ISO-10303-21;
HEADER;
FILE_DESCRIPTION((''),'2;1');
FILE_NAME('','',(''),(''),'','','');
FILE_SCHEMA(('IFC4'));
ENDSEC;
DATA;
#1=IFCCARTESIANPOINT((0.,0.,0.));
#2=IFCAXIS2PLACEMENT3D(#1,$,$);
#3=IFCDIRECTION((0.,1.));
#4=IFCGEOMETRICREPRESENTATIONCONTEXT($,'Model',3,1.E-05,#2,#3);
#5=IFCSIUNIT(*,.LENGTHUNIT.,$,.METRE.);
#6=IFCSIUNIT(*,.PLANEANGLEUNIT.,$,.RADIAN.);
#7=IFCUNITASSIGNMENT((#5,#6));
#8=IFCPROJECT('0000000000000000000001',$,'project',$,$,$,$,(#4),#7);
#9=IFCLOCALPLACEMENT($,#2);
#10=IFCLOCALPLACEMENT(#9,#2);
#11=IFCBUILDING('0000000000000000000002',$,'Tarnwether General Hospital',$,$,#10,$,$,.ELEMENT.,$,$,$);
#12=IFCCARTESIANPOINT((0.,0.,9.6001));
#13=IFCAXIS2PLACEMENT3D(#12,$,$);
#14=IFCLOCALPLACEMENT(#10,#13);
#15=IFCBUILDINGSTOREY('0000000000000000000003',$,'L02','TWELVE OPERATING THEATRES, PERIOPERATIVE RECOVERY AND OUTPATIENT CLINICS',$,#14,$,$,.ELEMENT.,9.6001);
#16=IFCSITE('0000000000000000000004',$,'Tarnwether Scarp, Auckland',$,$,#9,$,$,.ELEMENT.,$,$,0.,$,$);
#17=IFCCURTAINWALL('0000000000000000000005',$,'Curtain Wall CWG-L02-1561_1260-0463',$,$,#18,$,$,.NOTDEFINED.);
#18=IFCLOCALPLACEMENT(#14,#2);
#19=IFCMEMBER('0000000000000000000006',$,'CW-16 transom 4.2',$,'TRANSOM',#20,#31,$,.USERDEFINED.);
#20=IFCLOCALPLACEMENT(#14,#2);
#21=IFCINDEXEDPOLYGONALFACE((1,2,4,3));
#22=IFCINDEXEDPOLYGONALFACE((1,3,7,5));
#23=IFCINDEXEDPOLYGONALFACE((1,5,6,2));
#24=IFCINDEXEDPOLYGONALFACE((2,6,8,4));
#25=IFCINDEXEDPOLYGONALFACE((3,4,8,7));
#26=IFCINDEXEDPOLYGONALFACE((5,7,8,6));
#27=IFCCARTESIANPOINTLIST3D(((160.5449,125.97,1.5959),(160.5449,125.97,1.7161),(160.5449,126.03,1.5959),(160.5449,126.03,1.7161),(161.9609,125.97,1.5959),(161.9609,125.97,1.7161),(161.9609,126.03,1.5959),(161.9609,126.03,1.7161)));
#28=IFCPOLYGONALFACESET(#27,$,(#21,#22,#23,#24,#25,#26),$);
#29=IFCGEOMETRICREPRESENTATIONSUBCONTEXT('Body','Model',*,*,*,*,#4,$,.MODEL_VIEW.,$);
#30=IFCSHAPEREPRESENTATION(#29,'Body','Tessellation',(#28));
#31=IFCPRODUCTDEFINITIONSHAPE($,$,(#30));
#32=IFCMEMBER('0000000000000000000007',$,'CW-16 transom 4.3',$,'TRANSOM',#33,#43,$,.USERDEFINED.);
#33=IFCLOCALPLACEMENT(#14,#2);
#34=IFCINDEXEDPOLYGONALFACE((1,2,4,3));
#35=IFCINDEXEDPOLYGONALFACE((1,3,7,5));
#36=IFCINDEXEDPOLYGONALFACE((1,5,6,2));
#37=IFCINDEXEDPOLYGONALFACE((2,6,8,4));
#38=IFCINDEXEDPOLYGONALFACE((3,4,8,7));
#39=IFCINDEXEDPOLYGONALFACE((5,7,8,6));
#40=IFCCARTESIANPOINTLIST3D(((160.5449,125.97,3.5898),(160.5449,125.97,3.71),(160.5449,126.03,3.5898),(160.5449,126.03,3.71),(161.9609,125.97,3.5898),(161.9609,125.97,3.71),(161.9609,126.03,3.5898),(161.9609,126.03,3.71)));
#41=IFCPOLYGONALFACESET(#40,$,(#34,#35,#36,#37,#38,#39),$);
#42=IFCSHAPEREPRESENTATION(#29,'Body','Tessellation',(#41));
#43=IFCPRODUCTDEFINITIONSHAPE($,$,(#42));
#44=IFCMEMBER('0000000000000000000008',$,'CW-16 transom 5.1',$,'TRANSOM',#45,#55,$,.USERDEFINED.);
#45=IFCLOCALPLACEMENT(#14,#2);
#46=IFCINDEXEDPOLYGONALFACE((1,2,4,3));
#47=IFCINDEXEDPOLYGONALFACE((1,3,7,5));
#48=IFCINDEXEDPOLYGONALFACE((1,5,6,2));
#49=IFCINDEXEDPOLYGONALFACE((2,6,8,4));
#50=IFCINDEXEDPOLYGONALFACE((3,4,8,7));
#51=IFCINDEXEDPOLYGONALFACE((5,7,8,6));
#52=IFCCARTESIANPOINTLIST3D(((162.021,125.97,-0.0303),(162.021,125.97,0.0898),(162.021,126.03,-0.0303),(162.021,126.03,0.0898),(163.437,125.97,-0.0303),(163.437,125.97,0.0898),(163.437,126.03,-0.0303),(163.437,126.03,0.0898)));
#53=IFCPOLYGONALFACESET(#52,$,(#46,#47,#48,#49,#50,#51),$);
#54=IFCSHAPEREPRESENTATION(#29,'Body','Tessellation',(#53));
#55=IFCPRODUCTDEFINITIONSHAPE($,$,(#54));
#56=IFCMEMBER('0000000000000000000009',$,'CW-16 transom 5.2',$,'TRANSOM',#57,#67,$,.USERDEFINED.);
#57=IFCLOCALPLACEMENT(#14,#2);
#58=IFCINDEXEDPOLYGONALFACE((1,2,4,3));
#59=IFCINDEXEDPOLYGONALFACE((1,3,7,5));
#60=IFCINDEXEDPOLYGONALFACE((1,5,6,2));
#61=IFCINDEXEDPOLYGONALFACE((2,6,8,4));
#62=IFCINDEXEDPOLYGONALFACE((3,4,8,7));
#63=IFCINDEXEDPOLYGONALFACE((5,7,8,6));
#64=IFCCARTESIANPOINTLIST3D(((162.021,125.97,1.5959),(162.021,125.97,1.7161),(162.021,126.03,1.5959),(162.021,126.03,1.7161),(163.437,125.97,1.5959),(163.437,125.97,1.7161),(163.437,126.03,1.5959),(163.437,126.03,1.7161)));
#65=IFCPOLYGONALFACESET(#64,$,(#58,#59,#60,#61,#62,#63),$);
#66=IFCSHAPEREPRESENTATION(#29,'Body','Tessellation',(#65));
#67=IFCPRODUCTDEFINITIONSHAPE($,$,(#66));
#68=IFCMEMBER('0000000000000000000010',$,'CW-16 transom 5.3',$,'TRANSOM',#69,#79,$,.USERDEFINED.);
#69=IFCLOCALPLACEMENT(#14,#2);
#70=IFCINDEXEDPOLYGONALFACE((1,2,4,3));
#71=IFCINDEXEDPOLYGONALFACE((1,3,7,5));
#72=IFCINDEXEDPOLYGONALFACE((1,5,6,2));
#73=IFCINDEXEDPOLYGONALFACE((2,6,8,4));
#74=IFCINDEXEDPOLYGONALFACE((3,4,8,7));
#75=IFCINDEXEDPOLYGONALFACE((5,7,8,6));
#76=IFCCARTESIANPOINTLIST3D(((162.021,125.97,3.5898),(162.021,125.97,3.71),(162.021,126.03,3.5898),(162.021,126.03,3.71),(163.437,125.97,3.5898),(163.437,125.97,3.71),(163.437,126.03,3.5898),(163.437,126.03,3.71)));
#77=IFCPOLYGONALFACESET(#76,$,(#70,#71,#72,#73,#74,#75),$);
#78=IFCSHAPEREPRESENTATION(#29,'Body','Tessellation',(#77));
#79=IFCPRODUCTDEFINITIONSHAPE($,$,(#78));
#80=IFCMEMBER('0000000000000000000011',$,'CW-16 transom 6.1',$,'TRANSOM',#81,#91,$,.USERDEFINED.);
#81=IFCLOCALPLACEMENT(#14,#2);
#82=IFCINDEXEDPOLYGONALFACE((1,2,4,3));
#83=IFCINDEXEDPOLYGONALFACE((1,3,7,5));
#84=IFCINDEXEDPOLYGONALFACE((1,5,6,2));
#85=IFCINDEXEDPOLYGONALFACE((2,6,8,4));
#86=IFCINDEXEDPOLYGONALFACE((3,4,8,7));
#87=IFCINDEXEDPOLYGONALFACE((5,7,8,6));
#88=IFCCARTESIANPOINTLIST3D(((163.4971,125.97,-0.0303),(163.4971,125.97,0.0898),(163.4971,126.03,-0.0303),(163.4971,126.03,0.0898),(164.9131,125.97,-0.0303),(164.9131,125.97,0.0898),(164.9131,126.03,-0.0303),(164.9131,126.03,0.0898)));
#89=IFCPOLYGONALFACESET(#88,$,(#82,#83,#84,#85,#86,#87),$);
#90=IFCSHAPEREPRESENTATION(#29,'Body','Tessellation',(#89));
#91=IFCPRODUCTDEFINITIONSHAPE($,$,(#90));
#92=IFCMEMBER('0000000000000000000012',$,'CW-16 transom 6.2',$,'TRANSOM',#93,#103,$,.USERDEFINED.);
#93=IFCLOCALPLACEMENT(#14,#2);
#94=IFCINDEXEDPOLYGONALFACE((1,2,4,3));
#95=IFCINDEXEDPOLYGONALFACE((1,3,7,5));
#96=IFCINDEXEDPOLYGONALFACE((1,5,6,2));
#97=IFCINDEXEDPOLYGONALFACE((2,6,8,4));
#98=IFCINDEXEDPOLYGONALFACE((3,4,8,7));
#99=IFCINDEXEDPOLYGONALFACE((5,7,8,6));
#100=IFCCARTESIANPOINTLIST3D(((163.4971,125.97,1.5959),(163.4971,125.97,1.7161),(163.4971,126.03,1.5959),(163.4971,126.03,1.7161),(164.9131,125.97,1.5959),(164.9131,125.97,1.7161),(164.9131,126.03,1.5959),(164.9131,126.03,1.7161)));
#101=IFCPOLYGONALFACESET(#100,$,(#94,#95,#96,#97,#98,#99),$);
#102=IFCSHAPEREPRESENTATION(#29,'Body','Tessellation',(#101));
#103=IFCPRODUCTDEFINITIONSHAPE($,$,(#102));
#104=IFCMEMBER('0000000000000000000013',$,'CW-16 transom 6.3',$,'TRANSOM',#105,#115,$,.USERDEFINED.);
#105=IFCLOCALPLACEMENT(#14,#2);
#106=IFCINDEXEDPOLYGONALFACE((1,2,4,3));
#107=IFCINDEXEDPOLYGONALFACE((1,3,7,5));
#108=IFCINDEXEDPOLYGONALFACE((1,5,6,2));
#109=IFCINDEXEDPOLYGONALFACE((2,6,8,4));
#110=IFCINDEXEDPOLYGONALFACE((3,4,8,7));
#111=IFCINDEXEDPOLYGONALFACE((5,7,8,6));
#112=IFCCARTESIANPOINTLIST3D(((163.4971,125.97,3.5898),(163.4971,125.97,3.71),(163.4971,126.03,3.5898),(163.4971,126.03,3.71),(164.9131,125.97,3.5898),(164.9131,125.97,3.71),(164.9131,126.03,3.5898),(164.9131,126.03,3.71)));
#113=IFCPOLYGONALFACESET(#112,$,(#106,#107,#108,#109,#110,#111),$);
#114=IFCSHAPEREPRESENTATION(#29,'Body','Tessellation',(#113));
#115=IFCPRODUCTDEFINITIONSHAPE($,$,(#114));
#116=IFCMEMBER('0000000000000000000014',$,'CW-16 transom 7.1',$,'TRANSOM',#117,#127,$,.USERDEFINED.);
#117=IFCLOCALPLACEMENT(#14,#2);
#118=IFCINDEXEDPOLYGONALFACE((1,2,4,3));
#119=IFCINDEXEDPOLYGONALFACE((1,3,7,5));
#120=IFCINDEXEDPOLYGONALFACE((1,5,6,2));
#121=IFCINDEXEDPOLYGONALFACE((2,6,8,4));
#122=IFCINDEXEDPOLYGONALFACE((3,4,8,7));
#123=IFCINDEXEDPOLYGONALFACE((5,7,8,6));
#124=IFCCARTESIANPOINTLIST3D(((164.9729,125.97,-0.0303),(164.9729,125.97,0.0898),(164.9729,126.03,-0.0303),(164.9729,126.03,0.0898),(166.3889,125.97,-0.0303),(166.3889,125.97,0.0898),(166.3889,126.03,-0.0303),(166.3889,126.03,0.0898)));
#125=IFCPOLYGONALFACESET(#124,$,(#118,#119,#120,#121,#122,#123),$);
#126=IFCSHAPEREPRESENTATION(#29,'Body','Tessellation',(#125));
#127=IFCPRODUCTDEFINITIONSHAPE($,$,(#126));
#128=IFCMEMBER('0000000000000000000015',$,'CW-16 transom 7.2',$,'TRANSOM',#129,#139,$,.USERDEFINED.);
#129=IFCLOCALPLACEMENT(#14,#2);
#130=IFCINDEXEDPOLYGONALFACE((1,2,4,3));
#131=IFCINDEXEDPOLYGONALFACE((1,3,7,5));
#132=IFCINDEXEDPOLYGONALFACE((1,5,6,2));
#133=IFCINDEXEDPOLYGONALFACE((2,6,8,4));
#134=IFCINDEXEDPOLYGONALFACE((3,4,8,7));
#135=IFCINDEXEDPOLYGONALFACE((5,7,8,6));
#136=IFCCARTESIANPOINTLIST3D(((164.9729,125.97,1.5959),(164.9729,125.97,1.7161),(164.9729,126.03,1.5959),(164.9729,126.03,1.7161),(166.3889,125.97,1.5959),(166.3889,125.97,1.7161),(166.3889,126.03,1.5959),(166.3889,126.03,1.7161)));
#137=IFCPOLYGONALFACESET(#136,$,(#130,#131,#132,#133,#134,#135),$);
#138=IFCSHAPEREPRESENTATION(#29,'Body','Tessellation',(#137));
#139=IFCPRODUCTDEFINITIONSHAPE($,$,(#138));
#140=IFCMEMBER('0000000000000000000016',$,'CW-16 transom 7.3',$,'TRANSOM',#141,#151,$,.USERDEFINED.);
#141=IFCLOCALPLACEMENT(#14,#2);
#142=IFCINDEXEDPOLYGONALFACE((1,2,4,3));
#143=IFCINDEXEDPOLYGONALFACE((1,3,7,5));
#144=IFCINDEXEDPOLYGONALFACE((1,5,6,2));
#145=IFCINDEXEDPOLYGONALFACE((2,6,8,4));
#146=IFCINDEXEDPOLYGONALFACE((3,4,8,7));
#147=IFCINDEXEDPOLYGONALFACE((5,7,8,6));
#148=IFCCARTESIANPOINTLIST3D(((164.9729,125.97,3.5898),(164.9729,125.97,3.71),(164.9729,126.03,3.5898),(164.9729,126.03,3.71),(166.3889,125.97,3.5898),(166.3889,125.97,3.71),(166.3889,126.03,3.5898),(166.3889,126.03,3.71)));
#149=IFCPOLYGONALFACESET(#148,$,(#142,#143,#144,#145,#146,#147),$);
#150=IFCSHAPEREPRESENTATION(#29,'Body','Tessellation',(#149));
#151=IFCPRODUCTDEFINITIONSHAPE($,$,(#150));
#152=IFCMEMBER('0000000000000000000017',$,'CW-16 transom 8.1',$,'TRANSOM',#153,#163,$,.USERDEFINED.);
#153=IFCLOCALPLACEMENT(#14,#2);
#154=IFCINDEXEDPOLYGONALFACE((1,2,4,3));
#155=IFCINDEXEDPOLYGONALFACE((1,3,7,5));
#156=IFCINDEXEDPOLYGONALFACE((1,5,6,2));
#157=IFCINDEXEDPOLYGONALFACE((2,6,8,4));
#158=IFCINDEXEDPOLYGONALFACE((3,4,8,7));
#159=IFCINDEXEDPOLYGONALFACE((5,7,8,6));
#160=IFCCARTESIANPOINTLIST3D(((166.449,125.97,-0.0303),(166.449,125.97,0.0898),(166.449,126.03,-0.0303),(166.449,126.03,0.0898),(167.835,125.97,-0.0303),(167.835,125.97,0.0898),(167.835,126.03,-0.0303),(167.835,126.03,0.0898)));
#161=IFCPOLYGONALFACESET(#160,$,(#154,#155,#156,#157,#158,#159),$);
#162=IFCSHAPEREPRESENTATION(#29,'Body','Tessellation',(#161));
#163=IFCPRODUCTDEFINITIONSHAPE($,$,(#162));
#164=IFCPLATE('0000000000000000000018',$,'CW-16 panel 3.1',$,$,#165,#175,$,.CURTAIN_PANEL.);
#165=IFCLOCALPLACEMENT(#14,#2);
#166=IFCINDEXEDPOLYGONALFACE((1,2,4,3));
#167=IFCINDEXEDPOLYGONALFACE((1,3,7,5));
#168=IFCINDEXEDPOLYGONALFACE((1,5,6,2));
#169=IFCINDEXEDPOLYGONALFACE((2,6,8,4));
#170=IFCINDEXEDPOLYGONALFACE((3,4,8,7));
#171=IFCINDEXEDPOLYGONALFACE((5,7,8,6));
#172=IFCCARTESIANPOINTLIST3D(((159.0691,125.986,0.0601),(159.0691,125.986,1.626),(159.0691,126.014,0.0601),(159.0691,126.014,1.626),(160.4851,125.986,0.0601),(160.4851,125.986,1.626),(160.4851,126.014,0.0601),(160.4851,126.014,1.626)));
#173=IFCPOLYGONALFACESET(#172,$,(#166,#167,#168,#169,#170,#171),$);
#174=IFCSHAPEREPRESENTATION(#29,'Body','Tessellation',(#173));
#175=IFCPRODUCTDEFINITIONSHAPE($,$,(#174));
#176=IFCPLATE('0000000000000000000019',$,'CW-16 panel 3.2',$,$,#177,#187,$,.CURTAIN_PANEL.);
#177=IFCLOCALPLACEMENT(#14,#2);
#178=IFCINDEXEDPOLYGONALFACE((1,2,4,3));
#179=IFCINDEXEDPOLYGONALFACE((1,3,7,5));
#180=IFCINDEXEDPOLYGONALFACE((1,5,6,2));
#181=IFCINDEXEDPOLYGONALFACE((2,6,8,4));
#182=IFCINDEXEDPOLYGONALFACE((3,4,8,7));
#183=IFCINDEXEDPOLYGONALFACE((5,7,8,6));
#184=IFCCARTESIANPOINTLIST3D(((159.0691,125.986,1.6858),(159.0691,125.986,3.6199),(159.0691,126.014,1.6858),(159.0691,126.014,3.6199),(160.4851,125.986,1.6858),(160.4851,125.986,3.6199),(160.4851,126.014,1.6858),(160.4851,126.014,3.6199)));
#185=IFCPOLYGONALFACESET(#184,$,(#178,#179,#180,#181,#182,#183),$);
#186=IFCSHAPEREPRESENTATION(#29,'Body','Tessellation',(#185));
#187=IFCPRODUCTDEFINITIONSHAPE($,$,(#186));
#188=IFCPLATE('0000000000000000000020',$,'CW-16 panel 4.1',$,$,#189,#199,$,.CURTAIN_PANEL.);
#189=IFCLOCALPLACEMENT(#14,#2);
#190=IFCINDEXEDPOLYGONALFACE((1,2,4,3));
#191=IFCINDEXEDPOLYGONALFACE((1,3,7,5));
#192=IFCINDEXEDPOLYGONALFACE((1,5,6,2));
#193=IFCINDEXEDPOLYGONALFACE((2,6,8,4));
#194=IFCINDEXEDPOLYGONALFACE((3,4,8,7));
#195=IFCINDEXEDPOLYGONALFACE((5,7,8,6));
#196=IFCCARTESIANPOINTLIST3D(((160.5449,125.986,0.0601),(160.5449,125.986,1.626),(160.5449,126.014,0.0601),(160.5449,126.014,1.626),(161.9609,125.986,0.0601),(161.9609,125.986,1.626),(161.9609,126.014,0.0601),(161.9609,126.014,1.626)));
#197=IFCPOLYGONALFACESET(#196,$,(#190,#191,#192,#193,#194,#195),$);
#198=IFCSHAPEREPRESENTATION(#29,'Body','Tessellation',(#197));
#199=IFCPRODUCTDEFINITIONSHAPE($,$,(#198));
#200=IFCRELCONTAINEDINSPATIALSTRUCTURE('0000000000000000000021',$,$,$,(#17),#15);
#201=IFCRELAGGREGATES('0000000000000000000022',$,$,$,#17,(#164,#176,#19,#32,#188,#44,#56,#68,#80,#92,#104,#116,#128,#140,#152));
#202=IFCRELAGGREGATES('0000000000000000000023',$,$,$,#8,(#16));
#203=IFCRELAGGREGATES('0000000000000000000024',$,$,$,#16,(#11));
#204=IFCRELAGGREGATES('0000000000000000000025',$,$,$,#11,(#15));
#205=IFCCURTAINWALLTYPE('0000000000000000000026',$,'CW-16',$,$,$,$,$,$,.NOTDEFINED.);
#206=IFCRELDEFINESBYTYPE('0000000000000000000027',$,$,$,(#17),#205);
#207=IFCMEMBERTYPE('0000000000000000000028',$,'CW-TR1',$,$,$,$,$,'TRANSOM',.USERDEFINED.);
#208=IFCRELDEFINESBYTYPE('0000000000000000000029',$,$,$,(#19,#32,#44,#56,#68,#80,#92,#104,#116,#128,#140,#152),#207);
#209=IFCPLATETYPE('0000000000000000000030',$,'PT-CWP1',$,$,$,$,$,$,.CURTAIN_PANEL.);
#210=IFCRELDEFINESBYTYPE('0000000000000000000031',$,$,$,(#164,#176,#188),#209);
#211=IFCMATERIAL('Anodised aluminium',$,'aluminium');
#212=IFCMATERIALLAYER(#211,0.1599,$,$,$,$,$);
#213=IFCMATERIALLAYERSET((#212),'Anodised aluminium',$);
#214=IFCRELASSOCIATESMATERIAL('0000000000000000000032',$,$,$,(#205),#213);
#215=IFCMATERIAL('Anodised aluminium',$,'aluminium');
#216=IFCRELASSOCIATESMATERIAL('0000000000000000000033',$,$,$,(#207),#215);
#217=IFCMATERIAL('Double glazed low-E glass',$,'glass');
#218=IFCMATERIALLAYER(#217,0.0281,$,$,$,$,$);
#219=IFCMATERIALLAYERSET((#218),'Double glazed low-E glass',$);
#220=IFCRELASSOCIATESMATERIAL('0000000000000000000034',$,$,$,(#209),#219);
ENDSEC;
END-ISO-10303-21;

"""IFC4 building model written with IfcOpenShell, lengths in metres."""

from ifc_helpers import new_model, si_unit, direction, frame, origin, origin_2d, place, context, subcontext, project, spatial, rectangle, extrude, material, layer, layer_set, material_profile, profile_set, type_object, element, aggregate, save


model = new_model("IFC4")

# Units and contexts
model_context = context("Model", 3, precision=1e-05, world=origin(), true_north=direction((0.0, 1.0)))
body_context = subcontext(model_context, "Body", "Model", "MODEL_VIEW")
ifc_project = project(units=[si_unit("LENGTHUNIT", "METRE"), si_unit("PLANEANGLEUNIT", "RADIAN")], contexts=[model_context])

# Site, building, storey
site_placement = place(None, origin())
site = spatial("IfcSite", under=ifc_project, at=site_placement, Name="Tarnwether Scarp, Auckland", CompositionType="ELEMENT", RefElevation=0.0)
building_placement = place(site_placement, origin())
building = spatial("IfcBuilding", under=site, at=building_placement, Name="Tarnwether General Hospital", CompositionType="ELEMENT")
storey_placement = place(building_placement, frame((0.0, 0.0, 9.6001)))
storey = spatial("IfcBuildingStorey", under=building, at=storey_placement, Name="L02", Description="TWELVE OPERATING THEATRES, PERIOPERATIVE RECOVERY AND OUTPATIENT CLINICS", CompositionType="ELEMENT", Elevation=9.6001)

# Curtain wall, members, plates
ifc_material_1 = material(Name="Anodised aluminium", Category="aluminium")
ifc_layer_1 = layer(ifc_material_1, 0.1599)
ifc_layer_set_1 = layer_set([ifc_layer_1], Name="Anodised aluminium")
curtain_wall_type = type_object("IfcCurtainWallType", Name="CW-16", PredefinedType="NOTDEFINED", material=ifc_layer_set_1)
curtain_wall_placement = place(storey_placement, origin())
curtain_wall = element("IfcCurtainWall", 1, at=curtain_wall_placement, inside=storey, type_object=curtain_wall_type, Name="Curtain Wall CWG-L02-1561_1260-0463", PredefinedType="NOTDEFINED")
ifc_material_2 = material(Name="Anodised aluminium", Category="aluminium")
ifc_material_profile_1 = material_profile(ifc_material_2, rectangle(XDim=0.0601, YDim=0.1201, at=origin_2d()), Name="ALU-TRN-60x120")
ifc_profile_set_1 = profile_set([ifc_material_profile_1], Name="Anodised aluminium")
member_type_1 = type_object("IfcMemberType", Name="CW-TR1", ElementType="TRANSOM", PredefinedType="USERDEFINED", material=ifc_profile_set_1)
member_1_placement = place(storey_placement, frame((160.5449, 126.0, 1.656), z_axis=(1.0, 0.0, 0.0), x_axis=(0.0, 1.0, 0.0)))
member_1 = element("IfcMember", 2, at=member_1_placement, type_object=member_type_1, Name="CW-16 transom 4.2", ObjectType="TRANSOM", PredefinedType="USERDEFINED", context=body_context, shape_type="SweptSolid", body=[
    extrude(rectangle(XDim=0.0601, YDim=0.1201, at=origin_2d()), origin(), (0.0, 0.0, 1.0), 1.416),
])
member_2_placement = place(storey_placement, frame((160.5449, 126.0, 3.6499), z_axis=(1.0, 0.0, 0.0), x_axis=(0.0, 1.0, 0.0)))
member_2 = element("IfcMember", 3, at=member_2_placement, type_object=member_type_1, Name="CW-16 transom 4.3", ObjectType="TRANSOM", PredefinedType="USERDEFINED", context=body_context, shape_type="SweptSolid", body=[
    extrude(rectangle(XDim=0.0601, YDim=0.1201, at=origin_2d()), origin(), (0.0, 0.0, 1.0), 1.416),
])
member_3_placement = place(storey_placement, frame((162.021, 126.0, 0.0298), z_axis=(1.0, 0.0, 0.0), x_axis=(0.0, 1.0, 0.0)))
member_3 = element("IfcMember", 4, at=member_3_placement, type_object=member_type_1, Name="CW-16 transom 5.1", ObjectType="TRANSOM", PredefinedType="USERDEFINED", context=body_context, shape_type="SweptSolid", body=[
    extrude(rectangle(XDim=0.0601, YDim=0.1201, at=origin_2d()), origin(), (0.0, 0.0, 1.0), 1.416),
])
member_4_placement = place(storey_placement, frame((162.021, 126.0, 1.656), z_axis=(1.0, 0.0, 0.0), x_axis=(0.0, 1.0, 0.0)))
member_4 = element("IfcMember", 5, at=member_4_placement, type_object=member_type_1, Name="CW-16 transom 5.2", ObjectType="TRANSOM", PredefinedType="USERDEFINED", context=body_context, shape_type="SweptSolid", body=[
    extrude(rectangle(XDim=0.0601, YDim=0.1201, at=origin_2d()), origin(), (0.0, 0.0, 1.0), 1.416),
])
member_5_placement = place(storey_placement, frame((162.021, 126.0, 3.6499), z_axis=(1.0, 0.0, 0.0), x_axis=(0.0, 1.0, 0.0)))
member_5 = element("IfcMember", 6, at=member_5_placement, type_object=member_type_1, Name="CW-16 transom 5.3", ObjectType="TRANSOM", PredefinedType="USERDEFINED", context=body_context, shape_type="SweptSolid", body=[
    extrude(rectangle(XDim=0.0601, YDim=0.1201, at=origin_2d()), origin(), (0.0, 0.0, 1.0), 1.416),
])
member_6_placement = place(storey_placement, frame((163.4971, 126.0, 0.0298), z_axis=(1.0, 0.0, 0.0), x_axis=(0.0, 1.0, 0.0)))
member_6 = element("IfcMember", 7, at=member_6_placement, type_object=member_type_1, Name="CW-16 transom 6.1", ObjectType="TRANSOM", PredefinedType="USERDEFINED", context=body_context, shape_type="SweptSolid", body=[
    extrude(rectangle(XDim=0.0601, YDim=0.1201, at=origin_2d()), origin(), (0.0, 0.0, 1.0), 1.416),
])
member_7_placement = place(storey_placement, frame((163.4971, 126.0, 1.656), z_axis=(1.0, 0.0, 0.0), x_axis=(0.0, 1.0, 0.0)))
member_7 = element("IfcMember", 8, at=member_7_placement, type_object=member_type_1, Name="CW-16 transom 6.2", ObjectType="TRANSOM", PredefinedType="USERDEFINED", context=body_context, shape_type="SweptSolid", body=[
    extrude(rectangle(XDim=0.0601, YDim=0.1201, at=origin_2d()), origin(), (0.0, 0.0, 1.0), 1.416),
])
member_8_placement = place(storey_placement, frame((163.4971, 126.0, 3.6499), z_axis=(1.0, 0.0, 0.0), x_axis=(0.0, 1.0, 0.0)))
member_8 = element("IfcMember", 9, at=member_8_placement, type_object=member_type_1, Name="CW-16 transom 6.3", ObjectType="TRANSOM", PredefinedType="USERDEFINED", context=body_context, shape_type="SweptSolid", body=[
    extrude(rectangle(XDim=0.0601, YDim=0.1201, at=origin_2d()), origin(), (0.0, 0.0, 1.0), 1.416),
])
member_9_placement = place(storey_placement, frame((164.9729, 126.0, 0.0298), z_axis=(1.0, 0.0, 0.0), x_axis=(0.0, 1.0, 0.0)))
member_9 = element("IfcMember", 10, at=member_9_placement, type_object=member_type_1, Name="CW-16 transom 7.1", ObjectType="TRANSOM", PredefinedType="USERDEFINED", context=body_context, shape_type="SweptSolid", body=[
    extrude(rectangle(XDim=0.0601, YDim=0.1201, at=origin_2d()), origin(), (0.0, 0.0, 1.0), 1.416),
])
member_10_placement = place(storey_placement, frame((164.9729, 126.0, 1.656), z_axis=(1.0, 0.0, 0.0), x_axis=(0.0, 1.0, 0.0)))
member_10 = element("IfcMember", 11, at=member_10_placement, type_object=member_type_1, Name="CW-16 transom 7.2", ObjectType="TRANSOM", PredefinedType="USERDEFINED", context=body_context, shape_type="SweptSolid", body=[
    extrude(rectangle(XDim=0.0601, YDim=0.1201, at=origin_2d()), origin(), (0.0, 0.0, 1.0), 1.416),
])
member_11_placement = place(storey_placement, frame((164.9729, 126.0, 3.6499), z_axis=(1.0, 0.0, 0.0), x_axis=(0.0, 1.0, 0.0)))
member_11 = element("IfcMember", 12, at=member_11_placement, type_object=member_type_1, Name="CW-16 transom 7.3", ObjectType="TRANSOM", PredefinedType="USERDEFINED", context=body_context, shape_type="SweptSolid", body=[
    extrude(rectangle(XDim=0.0601, YDim=0.1201, at=origin_2d()), origin(), (0.0, 0.0, 1.0), 1.416),
])
member_12_placement = place(storey_placement, frame((166.449, 126.0, 0.0298), z_axis=(1.0, 0.0, 0.0), x_axis=(0.0, 1.0, 0.0)))
member_12 = element("IfcMember", 13, at=member_12_placement, type_object=member_type_1, Name="CW-16 transom 8.1", ObjectType="TRANSOM", PredefinedType="USERDEFINED", context=body_context, shape_type="SweptSolid", body=[
    extrude(rectangle(XDim=0.0601, YDim=0.1201, at=origin_2d()), origin(), (0.0, 0.0, 1.0), 1.386),
])
ifc_material_3 = material(Name="Double glazed low-E glass", Category="glass")
ifc_layer_2 = layer(ifc_material_3, 0.0281)
ifc_layer_set_2 = layer_set([ifc_layer_2], Name="Double glazed low-E glass")
plate_type = type_object("IfcPlateType", Name="PT-CWP1", PredefinedType="CURTAIN_PANEL", material=ifc_layer_set_2)
plate_1_placement = place(storey_placement, frame((159.7771, 126.0, 0.0601), z_axis=(0.0, 0.0, 1.0), x_axis=(1.0, 0.0, 0.0)))
plate_1 = element("IfcPlate", 14, at=plate_1_placement, type_object=plate_type, Name="CW-16 panel 3.1", PredefinedType="CURTAIN_PANEL", context=body_context, shape_type="SweptSolid", body=[
    extrude(rectangle(XDim=1.416, YDim=0.0281, at=origin_2d()), origin(), (0.0, 0.0, 1.0), 1.5659),
])
plate_2_placement = place(storey_placement, frame((159.7771, 126.0, 1.6858), z_axis=(0.0, 0.0, 1.0), x_axis=(1.0, 0.0, 0.0)))
plate_2 = element("IfcPlate", 15, at=plate_2_placement, type_object=plate_type, Name="CW-16 panel 3.2", PredefinedType="CURTAIN_PANEL", context=body_context, shape_type="SweptSolid", body=[
    extrude(rectangle(XDim=1.416, YDim=0.0281, at=origin_2d()), origin(), (0.0, 0.0, 1.0), 1.9341),
])
plate_3_placement = place(storey_placement, frame((161.2529, 126.0, 0.0601), z_axis=(0.0, 0.0, 1.0), x_axis=(1.0, 0.0, 0.0)))
plate_3 = element("IfcPlate", 16, at=plate_3_placement, type_object=plate_type, Name="CW-16 panel 4.1", PredefinedType="CURTAIN_PANEL", context=body_context, shape_type="SweptSolid", body=[
    extrude(rectangle(XDim=1.416, YDim=0.0281, at=origin_2d()), origin(), (0.0, 0.0, 1.0), 1.5659),
])
aggregate(curtain_wall, [plate_1, plate_2, member_1, member_2, plate_3, member_3, member_4, member_5, member_6, member_7, member_8, member_9, member_10, member_11, member_12])

save(model, "model.ifc")
